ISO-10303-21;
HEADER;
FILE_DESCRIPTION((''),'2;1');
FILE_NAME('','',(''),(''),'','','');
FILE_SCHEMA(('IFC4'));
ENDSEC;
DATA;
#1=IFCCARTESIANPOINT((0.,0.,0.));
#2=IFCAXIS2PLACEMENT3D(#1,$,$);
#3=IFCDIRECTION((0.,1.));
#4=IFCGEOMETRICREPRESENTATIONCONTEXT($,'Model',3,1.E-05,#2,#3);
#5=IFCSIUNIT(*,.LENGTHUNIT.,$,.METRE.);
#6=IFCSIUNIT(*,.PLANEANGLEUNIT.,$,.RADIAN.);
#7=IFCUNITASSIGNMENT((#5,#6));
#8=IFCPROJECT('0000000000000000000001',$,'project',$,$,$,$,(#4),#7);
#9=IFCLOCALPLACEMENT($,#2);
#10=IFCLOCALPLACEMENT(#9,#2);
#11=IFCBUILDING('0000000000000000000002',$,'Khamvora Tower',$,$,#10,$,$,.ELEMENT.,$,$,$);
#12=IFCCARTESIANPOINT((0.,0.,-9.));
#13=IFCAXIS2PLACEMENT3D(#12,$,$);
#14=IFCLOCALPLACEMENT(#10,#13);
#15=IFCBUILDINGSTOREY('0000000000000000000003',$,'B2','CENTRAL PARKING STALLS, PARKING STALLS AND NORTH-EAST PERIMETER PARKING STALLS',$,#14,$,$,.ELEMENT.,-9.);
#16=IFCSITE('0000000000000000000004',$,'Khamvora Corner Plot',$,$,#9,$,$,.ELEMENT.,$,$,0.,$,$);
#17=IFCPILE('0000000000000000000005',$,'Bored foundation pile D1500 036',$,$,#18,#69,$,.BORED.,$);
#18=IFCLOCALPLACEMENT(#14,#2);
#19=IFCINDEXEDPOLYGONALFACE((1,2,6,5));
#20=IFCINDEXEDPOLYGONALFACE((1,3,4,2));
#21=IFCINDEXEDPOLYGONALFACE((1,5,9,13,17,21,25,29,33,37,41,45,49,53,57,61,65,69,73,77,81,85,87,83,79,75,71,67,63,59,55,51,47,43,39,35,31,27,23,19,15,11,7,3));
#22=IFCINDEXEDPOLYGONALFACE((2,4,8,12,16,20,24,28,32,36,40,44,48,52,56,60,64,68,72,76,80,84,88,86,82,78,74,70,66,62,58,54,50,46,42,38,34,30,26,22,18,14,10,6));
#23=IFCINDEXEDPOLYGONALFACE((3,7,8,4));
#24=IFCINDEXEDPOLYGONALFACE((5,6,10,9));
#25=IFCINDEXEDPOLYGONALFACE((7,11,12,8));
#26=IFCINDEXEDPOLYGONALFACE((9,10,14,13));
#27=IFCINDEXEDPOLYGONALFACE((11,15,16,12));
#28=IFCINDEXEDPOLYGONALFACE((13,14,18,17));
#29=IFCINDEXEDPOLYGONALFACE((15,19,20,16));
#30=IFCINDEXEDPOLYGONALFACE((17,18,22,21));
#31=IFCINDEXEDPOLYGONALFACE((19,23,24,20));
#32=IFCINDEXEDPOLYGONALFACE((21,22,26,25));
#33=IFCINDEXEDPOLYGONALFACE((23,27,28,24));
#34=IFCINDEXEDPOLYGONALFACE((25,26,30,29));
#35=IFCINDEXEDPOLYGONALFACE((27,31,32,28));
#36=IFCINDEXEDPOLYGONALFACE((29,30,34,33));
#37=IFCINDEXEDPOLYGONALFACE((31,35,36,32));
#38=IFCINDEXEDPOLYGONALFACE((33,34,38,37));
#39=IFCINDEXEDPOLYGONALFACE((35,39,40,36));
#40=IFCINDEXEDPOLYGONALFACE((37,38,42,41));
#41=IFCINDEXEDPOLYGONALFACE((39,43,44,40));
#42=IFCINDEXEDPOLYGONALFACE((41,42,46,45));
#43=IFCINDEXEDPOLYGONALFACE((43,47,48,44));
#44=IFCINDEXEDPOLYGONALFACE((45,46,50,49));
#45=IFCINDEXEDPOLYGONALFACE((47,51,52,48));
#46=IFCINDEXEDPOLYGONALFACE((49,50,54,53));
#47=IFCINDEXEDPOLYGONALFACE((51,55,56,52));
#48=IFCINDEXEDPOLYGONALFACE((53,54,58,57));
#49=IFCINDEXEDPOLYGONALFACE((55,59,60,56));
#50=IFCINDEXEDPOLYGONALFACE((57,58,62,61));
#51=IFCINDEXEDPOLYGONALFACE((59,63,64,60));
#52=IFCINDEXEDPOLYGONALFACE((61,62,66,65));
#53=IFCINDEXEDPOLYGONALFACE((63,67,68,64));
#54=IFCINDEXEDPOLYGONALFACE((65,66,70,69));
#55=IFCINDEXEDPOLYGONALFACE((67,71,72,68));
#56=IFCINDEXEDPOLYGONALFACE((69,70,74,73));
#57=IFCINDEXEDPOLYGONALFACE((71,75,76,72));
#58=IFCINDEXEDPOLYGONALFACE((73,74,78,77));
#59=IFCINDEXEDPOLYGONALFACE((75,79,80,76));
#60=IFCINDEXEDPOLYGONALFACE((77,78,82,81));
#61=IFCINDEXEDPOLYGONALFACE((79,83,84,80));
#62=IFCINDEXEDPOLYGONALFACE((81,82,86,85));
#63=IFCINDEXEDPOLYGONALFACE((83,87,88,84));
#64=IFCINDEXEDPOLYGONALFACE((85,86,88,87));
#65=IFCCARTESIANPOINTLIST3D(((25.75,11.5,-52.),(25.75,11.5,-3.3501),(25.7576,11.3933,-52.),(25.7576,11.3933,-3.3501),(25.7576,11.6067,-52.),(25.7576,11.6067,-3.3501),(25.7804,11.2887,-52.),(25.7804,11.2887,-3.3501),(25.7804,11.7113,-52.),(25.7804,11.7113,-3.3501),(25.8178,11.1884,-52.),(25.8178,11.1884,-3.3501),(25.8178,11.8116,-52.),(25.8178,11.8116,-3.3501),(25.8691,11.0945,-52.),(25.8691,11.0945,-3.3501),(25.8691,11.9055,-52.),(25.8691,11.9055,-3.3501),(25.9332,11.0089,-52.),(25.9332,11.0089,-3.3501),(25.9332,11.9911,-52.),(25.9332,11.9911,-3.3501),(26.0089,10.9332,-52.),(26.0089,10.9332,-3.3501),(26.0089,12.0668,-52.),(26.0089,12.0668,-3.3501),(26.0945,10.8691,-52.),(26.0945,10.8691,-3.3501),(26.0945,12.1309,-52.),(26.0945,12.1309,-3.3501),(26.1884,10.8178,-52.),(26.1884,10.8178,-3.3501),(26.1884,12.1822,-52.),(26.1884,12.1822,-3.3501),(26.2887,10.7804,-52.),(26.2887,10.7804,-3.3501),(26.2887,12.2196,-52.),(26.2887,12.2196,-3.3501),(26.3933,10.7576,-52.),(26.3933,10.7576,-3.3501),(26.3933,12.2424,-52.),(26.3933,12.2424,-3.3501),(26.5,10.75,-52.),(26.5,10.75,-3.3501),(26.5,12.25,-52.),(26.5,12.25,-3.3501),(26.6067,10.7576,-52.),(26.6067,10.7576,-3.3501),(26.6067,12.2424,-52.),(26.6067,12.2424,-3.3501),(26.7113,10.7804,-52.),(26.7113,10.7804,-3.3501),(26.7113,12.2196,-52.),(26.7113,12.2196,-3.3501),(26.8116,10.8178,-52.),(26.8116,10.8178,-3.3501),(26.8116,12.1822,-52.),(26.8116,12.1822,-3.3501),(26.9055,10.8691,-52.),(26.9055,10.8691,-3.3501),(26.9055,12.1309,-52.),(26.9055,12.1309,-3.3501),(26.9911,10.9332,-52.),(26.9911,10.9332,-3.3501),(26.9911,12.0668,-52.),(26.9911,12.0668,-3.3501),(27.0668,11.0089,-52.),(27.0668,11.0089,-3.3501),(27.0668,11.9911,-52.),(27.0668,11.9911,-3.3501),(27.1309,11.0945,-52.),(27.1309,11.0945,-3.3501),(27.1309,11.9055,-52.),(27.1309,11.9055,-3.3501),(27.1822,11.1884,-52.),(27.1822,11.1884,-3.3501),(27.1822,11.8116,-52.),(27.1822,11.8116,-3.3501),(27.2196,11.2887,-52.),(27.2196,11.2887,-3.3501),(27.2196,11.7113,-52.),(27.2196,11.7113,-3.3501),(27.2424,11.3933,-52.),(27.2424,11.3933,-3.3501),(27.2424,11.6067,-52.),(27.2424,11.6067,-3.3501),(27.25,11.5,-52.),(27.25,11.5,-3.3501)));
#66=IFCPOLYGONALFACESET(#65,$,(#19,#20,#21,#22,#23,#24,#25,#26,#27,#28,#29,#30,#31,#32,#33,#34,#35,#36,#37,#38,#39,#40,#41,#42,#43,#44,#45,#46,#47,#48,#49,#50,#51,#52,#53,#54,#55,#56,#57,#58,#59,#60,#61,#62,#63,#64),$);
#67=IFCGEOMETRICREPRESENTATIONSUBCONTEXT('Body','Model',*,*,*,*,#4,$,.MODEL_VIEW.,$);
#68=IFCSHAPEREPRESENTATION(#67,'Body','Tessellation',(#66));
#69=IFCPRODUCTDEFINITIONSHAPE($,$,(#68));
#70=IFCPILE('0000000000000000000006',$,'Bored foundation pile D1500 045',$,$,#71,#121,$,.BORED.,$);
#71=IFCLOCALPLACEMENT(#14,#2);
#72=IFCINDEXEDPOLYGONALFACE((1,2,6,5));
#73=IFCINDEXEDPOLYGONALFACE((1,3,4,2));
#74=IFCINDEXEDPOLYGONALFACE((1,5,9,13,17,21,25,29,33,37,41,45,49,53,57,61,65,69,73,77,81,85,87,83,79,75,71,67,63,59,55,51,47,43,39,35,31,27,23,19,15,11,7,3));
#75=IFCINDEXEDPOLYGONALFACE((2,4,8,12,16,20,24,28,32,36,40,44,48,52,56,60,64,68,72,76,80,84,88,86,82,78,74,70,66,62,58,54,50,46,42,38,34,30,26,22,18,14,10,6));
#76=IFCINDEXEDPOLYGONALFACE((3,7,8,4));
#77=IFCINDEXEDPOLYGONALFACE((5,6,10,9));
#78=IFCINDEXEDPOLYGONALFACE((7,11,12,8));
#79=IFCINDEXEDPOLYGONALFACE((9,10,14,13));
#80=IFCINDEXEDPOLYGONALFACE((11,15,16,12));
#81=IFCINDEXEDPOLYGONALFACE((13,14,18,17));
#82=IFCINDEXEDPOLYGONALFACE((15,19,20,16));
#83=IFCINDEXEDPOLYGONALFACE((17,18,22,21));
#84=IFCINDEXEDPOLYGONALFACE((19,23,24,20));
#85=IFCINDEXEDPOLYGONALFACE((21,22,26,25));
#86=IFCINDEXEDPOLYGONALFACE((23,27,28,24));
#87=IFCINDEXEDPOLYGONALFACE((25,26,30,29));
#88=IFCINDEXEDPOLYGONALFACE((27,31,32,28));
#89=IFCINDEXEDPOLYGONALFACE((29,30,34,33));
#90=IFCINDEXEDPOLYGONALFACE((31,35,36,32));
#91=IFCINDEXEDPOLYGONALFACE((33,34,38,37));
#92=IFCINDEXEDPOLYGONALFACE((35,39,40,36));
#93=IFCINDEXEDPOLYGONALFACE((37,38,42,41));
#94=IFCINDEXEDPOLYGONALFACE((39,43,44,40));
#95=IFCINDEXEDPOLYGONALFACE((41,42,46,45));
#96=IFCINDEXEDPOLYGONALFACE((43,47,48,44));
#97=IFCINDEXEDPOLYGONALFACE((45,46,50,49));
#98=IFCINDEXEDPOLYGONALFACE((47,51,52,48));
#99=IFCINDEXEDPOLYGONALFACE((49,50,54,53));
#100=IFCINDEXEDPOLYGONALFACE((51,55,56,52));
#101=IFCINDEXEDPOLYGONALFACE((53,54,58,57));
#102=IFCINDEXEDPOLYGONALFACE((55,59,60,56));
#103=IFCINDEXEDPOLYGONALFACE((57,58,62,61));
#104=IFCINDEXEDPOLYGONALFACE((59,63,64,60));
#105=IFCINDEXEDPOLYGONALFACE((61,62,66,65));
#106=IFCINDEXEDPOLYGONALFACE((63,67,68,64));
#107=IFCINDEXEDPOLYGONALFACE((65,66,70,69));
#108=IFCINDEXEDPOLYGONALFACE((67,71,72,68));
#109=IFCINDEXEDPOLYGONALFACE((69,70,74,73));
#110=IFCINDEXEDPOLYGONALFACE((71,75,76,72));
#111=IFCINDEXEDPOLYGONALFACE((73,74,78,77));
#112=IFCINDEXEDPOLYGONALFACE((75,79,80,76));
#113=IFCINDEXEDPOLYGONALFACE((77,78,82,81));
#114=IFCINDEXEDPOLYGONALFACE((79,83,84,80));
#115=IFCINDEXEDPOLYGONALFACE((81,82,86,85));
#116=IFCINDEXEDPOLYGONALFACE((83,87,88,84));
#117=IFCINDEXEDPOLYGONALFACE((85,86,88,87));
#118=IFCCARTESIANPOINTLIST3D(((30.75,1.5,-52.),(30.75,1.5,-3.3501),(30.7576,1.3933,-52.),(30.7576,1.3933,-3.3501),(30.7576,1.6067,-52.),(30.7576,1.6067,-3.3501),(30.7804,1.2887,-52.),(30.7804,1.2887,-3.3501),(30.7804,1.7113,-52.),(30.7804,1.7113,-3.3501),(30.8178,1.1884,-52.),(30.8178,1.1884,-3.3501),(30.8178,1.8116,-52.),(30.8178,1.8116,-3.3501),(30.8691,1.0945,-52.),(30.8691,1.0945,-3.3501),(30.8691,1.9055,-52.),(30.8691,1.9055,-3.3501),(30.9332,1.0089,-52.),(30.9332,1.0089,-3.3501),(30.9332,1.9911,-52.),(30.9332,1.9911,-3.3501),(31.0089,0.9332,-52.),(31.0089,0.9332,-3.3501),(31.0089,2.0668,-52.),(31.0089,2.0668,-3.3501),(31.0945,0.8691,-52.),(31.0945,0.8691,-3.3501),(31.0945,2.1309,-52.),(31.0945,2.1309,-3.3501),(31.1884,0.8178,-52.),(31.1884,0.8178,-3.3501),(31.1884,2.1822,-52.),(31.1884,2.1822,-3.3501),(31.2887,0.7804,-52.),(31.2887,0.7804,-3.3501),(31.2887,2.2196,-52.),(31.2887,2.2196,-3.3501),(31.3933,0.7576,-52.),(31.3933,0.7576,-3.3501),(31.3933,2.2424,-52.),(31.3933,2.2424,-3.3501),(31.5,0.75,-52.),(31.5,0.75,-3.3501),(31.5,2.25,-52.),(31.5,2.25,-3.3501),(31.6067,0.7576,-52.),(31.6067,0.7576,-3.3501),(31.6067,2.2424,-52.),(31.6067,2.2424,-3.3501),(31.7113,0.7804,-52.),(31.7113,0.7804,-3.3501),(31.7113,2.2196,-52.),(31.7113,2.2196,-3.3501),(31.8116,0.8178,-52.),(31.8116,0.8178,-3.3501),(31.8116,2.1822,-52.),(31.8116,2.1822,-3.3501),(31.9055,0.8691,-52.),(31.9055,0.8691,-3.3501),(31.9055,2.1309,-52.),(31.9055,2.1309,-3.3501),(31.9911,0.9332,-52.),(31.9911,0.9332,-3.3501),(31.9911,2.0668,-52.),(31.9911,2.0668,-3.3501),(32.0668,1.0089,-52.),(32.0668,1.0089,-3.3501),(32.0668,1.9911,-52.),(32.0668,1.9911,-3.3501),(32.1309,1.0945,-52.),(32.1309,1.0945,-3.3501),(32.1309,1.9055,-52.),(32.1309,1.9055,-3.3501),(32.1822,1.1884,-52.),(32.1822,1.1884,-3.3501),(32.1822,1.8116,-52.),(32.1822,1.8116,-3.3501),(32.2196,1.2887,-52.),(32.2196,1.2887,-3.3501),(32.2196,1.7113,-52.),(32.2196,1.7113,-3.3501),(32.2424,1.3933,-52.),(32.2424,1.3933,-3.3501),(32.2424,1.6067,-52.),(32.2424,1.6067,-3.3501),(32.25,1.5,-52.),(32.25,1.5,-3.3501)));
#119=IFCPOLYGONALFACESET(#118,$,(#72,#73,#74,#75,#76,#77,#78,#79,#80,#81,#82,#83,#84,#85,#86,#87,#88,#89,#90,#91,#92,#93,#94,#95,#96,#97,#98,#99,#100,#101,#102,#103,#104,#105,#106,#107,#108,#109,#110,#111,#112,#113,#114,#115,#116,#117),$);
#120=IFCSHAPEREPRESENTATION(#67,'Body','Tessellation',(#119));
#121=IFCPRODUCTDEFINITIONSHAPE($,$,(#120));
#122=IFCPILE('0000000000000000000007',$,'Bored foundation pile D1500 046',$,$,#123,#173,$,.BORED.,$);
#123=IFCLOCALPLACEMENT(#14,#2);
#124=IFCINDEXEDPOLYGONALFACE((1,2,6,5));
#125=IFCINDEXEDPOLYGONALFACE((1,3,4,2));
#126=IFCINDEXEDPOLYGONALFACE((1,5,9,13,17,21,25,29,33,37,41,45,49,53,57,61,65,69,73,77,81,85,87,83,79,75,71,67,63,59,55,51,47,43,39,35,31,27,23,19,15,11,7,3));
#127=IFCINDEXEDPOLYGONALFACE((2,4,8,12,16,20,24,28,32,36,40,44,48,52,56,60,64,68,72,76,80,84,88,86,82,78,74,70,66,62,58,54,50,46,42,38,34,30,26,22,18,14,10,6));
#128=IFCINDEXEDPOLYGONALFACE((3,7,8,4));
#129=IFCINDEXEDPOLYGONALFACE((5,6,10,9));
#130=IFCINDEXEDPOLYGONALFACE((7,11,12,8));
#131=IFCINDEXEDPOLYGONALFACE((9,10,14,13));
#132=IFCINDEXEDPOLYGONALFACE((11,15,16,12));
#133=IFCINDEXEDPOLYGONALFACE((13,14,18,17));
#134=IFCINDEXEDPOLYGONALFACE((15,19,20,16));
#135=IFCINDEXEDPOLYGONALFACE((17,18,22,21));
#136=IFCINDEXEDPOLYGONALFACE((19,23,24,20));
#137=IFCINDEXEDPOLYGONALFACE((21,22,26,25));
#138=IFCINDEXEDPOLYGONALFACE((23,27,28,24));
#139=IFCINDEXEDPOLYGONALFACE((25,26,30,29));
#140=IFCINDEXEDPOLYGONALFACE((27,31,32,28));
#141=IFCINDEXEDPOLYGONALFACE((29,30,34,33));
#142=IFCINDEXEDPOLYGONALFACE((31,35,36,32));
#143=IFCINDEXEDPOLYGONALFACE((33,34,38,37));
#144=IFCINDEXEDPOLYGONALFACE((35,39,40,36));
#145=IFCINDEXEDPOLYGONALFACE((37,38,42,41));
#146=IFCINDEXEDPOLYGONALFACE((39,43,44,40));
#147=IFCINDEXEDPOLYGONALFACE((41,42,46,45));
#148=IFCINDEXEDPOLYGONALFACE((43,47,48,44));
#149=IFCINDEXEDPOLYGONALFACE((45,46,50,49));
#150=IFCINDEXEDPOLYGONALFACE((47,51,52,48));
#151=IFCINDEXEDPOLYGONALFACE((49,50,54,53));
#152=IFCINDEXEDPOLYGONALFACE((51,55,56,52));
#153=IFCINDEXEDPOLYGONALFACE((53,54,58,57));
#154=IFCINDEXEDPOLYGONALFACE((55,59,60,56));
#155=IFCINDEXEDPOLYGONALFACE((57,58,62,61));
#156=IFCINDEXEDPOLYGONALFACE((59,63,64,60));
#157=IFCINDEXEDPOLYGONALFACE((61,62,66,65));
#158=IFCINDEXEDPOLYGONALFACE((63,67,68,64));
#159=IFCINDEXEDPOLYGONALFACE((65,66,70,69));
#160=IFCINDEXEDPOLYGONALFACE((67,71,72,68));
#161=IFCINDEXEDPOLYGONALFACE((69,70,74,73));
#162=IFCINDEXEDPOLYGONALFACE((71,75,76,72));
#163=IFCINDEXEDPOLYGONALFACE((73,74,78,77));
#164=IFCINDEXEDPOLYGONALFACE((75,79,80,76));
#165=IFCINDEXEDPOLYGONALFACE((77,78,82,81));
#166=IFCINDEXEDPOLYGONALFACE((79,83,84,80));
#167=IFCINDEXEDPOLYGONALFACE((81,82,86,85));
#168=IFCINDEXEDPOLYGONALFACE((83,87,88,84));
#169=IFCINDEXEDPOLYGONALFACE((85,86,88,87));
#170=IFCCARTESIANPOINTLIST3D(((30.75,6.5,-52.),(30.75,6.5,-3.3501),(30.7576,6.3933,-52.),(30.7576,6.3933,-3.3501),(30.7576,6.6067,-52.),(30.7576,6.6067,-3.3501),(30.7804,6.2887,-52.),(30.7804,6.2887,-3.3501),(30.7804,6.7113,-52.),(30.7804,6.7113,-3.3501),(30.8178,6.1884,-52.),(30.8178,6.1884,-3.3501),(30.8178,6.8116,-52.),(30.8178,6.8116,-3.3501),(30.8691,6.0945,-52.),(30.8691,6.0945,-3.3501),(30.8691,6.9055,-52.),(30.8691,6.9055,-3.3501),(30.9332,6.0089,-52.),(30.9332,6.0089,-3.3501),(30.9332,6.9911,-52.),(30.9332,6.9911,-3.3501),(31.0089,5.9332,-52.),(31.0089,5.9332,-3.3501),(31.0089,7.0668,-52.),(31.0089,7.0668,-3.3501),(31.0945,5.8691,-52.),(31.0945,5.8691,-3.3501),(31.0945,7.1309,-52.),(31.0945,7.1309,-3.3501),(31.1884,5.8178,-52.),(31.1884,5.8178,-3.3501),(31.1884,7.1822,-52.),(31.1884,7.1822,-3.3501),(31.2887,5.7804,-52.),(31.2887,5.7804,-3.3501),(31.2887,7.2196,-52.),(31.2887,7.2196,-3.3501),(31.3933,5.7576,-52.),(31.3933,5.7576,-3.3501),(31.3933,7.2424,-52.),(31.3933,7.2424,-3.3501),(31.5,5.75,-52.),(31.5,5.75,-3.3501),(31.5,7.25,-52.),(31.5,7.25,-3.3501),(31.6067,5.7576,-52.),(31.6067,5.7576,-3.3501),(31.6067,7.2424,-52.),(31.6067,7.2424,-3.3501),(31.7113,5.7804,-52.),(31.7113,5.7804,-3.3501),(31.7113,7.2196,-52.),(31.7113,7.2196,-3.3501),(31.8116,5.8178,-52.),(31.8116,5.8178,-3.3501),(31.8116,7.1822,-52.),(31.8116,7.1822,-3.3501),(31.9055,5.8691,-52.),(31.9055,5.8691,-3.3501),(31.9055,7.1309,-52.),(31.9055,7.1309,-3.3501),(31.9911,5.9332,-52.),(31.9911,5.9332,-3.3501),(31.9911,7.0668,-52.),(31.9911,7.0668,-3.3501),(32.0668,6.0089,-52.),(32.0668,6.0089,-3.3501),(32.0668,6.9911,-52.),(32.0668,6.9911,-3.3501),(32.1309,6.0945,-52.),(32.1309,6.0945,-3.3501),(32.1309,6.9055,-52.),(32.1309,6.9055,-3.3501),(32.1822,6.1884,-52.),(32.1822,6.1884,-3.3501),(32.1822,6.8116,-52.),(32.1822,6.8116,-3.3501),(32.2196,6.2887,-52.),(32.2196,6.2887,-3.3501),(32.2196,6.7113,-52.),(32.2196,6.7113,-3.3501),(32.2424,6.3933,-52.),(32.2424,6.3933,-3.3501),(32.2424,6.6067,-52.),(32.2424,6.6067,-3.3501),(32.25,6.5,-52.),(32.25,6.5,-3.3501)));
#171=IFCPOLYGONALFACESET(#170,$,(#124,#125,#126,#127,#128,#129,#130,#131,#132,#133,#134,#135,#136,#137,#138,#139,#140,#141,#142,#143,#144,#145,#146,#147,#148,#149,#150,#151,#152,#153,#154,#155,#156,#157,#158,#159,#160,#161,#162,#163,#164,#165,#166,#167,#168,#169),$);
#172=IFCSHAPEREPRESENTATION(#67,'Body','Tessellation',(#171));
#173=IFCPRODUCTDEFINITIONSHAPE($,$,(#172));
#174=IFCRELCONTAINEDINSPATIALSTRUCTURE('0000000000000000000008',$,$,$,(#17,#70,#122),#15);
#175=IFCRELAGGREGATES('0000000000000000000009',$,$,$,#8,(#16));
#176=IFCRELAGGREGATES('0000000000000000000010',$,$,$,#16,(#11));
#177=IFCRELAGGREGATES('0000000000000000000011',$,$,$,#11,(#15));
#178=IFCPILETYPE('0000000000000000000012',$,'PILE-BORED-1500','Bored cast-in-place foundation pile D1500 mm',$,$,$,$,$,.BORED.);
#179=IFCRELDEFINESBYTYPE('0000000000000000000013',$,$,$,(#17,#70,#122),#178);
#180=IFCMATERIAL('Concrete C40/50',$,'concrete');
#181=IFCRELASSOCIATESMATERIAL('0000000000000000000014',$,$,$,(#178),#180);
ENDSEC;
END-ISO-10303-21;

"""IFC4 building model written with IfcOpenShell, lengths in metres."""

from ifc_helpers import new_model, si_unit, direction, frame, origin, origin_2d, place, context, subcontext, project, spatial, circle, extrude, material, material_profile, profile_set, type_object, element, save


model = new_model("IFC4")

# Units and contexts
model_context = context("Model", 3, precision=1e-05, world=origin(), true_north=direction((0.0, 1.0)))
body_context = subcontext(model_context, "Body", "Model", "MODEL_VIEW")
ifc_project = project(units=[si_unit("LENGTHUNIT", "METRE"), si_unit("PLANEANGLEUNIT", "RADIAN")], contexts=[model_context])

# Site, building, storey
site_placement = place(None, origin())
site = spatial("IfcSite", under=ifc_project, at=site_placement, Name="Khamvora Corner Plot", CompositionType="ELEMENT", RefElevation=0.0)
building_placement = place(site_placement, origin())
building = spatial("IfcBuilding", under=site, at=building_placement, Name="Khamvora Tower", CompositionType="ELEMENT")
storey_placement = place(building_placement, frame((0.0, 0.0, -9.0)))
storey = spatial("IfcBuildingStorey", under=building, at=storey_placement, Name="B2", Description="CENTRAL PARKING STALLS, PARKING STALLS AND NORTH-EAST PERIMETER PARKING STALLS", CompositionType="ELEMENT", Elevation=-9.0)

# Shared definitions
ifc_material_1 = material(Name="Concrete C40/50", Category="concrete")

# Piles
ifc_material_profile_1 = material_profile(ifc_material_1, circle(Radius=0.75, at=origin_2d()), Name="PILE_D1500")
ifc_profile_set_1 = profile_set([ifc_material_profile_1], Name="Concrete C40/50")
pile_type = type_object("IfcPileType", Name="PILE-BORED-1500", Description="Bored cast-in-place foundation pile D1500 mm", PredefinedType="BORED", material=ifc_profile_set_1)
for number, where, z_axis, x_axis, name in (
    (1, (26.5, 11.5, -3.3501), (0.0, 0.0, -1.0), (1.0, 0.0, 0.0), "Bored foundation pile D1500 036"),
    (2, (31.5, 1.5, -3.3501), (0.0, 0.0, -1.0), (1.0, 0.0, 0.0), "Bored foundation pile D1500 045"),
    (3, (31.5, 6.5, -3.3501), (0.0, 0.0, -1.0), (1.0, 0.0, 0.0), "Bored foundation pile D1500 046"),
):
    element("IfcPile", number, at=place(storey_placement, frame(where, z_axis=z_axis, x_axis=x_axis)), inside=storey, type_object=pile_type, Name=name, PredefinedType="BORED", context=body_context, shape_type="SweptSolid", body=[
        extrude(circle(Radius=0.75, at=origin_2d()), origin(), (0.0, 0.0, 1.0), 48.6499),
    ])

save(model, "model.ifc")
